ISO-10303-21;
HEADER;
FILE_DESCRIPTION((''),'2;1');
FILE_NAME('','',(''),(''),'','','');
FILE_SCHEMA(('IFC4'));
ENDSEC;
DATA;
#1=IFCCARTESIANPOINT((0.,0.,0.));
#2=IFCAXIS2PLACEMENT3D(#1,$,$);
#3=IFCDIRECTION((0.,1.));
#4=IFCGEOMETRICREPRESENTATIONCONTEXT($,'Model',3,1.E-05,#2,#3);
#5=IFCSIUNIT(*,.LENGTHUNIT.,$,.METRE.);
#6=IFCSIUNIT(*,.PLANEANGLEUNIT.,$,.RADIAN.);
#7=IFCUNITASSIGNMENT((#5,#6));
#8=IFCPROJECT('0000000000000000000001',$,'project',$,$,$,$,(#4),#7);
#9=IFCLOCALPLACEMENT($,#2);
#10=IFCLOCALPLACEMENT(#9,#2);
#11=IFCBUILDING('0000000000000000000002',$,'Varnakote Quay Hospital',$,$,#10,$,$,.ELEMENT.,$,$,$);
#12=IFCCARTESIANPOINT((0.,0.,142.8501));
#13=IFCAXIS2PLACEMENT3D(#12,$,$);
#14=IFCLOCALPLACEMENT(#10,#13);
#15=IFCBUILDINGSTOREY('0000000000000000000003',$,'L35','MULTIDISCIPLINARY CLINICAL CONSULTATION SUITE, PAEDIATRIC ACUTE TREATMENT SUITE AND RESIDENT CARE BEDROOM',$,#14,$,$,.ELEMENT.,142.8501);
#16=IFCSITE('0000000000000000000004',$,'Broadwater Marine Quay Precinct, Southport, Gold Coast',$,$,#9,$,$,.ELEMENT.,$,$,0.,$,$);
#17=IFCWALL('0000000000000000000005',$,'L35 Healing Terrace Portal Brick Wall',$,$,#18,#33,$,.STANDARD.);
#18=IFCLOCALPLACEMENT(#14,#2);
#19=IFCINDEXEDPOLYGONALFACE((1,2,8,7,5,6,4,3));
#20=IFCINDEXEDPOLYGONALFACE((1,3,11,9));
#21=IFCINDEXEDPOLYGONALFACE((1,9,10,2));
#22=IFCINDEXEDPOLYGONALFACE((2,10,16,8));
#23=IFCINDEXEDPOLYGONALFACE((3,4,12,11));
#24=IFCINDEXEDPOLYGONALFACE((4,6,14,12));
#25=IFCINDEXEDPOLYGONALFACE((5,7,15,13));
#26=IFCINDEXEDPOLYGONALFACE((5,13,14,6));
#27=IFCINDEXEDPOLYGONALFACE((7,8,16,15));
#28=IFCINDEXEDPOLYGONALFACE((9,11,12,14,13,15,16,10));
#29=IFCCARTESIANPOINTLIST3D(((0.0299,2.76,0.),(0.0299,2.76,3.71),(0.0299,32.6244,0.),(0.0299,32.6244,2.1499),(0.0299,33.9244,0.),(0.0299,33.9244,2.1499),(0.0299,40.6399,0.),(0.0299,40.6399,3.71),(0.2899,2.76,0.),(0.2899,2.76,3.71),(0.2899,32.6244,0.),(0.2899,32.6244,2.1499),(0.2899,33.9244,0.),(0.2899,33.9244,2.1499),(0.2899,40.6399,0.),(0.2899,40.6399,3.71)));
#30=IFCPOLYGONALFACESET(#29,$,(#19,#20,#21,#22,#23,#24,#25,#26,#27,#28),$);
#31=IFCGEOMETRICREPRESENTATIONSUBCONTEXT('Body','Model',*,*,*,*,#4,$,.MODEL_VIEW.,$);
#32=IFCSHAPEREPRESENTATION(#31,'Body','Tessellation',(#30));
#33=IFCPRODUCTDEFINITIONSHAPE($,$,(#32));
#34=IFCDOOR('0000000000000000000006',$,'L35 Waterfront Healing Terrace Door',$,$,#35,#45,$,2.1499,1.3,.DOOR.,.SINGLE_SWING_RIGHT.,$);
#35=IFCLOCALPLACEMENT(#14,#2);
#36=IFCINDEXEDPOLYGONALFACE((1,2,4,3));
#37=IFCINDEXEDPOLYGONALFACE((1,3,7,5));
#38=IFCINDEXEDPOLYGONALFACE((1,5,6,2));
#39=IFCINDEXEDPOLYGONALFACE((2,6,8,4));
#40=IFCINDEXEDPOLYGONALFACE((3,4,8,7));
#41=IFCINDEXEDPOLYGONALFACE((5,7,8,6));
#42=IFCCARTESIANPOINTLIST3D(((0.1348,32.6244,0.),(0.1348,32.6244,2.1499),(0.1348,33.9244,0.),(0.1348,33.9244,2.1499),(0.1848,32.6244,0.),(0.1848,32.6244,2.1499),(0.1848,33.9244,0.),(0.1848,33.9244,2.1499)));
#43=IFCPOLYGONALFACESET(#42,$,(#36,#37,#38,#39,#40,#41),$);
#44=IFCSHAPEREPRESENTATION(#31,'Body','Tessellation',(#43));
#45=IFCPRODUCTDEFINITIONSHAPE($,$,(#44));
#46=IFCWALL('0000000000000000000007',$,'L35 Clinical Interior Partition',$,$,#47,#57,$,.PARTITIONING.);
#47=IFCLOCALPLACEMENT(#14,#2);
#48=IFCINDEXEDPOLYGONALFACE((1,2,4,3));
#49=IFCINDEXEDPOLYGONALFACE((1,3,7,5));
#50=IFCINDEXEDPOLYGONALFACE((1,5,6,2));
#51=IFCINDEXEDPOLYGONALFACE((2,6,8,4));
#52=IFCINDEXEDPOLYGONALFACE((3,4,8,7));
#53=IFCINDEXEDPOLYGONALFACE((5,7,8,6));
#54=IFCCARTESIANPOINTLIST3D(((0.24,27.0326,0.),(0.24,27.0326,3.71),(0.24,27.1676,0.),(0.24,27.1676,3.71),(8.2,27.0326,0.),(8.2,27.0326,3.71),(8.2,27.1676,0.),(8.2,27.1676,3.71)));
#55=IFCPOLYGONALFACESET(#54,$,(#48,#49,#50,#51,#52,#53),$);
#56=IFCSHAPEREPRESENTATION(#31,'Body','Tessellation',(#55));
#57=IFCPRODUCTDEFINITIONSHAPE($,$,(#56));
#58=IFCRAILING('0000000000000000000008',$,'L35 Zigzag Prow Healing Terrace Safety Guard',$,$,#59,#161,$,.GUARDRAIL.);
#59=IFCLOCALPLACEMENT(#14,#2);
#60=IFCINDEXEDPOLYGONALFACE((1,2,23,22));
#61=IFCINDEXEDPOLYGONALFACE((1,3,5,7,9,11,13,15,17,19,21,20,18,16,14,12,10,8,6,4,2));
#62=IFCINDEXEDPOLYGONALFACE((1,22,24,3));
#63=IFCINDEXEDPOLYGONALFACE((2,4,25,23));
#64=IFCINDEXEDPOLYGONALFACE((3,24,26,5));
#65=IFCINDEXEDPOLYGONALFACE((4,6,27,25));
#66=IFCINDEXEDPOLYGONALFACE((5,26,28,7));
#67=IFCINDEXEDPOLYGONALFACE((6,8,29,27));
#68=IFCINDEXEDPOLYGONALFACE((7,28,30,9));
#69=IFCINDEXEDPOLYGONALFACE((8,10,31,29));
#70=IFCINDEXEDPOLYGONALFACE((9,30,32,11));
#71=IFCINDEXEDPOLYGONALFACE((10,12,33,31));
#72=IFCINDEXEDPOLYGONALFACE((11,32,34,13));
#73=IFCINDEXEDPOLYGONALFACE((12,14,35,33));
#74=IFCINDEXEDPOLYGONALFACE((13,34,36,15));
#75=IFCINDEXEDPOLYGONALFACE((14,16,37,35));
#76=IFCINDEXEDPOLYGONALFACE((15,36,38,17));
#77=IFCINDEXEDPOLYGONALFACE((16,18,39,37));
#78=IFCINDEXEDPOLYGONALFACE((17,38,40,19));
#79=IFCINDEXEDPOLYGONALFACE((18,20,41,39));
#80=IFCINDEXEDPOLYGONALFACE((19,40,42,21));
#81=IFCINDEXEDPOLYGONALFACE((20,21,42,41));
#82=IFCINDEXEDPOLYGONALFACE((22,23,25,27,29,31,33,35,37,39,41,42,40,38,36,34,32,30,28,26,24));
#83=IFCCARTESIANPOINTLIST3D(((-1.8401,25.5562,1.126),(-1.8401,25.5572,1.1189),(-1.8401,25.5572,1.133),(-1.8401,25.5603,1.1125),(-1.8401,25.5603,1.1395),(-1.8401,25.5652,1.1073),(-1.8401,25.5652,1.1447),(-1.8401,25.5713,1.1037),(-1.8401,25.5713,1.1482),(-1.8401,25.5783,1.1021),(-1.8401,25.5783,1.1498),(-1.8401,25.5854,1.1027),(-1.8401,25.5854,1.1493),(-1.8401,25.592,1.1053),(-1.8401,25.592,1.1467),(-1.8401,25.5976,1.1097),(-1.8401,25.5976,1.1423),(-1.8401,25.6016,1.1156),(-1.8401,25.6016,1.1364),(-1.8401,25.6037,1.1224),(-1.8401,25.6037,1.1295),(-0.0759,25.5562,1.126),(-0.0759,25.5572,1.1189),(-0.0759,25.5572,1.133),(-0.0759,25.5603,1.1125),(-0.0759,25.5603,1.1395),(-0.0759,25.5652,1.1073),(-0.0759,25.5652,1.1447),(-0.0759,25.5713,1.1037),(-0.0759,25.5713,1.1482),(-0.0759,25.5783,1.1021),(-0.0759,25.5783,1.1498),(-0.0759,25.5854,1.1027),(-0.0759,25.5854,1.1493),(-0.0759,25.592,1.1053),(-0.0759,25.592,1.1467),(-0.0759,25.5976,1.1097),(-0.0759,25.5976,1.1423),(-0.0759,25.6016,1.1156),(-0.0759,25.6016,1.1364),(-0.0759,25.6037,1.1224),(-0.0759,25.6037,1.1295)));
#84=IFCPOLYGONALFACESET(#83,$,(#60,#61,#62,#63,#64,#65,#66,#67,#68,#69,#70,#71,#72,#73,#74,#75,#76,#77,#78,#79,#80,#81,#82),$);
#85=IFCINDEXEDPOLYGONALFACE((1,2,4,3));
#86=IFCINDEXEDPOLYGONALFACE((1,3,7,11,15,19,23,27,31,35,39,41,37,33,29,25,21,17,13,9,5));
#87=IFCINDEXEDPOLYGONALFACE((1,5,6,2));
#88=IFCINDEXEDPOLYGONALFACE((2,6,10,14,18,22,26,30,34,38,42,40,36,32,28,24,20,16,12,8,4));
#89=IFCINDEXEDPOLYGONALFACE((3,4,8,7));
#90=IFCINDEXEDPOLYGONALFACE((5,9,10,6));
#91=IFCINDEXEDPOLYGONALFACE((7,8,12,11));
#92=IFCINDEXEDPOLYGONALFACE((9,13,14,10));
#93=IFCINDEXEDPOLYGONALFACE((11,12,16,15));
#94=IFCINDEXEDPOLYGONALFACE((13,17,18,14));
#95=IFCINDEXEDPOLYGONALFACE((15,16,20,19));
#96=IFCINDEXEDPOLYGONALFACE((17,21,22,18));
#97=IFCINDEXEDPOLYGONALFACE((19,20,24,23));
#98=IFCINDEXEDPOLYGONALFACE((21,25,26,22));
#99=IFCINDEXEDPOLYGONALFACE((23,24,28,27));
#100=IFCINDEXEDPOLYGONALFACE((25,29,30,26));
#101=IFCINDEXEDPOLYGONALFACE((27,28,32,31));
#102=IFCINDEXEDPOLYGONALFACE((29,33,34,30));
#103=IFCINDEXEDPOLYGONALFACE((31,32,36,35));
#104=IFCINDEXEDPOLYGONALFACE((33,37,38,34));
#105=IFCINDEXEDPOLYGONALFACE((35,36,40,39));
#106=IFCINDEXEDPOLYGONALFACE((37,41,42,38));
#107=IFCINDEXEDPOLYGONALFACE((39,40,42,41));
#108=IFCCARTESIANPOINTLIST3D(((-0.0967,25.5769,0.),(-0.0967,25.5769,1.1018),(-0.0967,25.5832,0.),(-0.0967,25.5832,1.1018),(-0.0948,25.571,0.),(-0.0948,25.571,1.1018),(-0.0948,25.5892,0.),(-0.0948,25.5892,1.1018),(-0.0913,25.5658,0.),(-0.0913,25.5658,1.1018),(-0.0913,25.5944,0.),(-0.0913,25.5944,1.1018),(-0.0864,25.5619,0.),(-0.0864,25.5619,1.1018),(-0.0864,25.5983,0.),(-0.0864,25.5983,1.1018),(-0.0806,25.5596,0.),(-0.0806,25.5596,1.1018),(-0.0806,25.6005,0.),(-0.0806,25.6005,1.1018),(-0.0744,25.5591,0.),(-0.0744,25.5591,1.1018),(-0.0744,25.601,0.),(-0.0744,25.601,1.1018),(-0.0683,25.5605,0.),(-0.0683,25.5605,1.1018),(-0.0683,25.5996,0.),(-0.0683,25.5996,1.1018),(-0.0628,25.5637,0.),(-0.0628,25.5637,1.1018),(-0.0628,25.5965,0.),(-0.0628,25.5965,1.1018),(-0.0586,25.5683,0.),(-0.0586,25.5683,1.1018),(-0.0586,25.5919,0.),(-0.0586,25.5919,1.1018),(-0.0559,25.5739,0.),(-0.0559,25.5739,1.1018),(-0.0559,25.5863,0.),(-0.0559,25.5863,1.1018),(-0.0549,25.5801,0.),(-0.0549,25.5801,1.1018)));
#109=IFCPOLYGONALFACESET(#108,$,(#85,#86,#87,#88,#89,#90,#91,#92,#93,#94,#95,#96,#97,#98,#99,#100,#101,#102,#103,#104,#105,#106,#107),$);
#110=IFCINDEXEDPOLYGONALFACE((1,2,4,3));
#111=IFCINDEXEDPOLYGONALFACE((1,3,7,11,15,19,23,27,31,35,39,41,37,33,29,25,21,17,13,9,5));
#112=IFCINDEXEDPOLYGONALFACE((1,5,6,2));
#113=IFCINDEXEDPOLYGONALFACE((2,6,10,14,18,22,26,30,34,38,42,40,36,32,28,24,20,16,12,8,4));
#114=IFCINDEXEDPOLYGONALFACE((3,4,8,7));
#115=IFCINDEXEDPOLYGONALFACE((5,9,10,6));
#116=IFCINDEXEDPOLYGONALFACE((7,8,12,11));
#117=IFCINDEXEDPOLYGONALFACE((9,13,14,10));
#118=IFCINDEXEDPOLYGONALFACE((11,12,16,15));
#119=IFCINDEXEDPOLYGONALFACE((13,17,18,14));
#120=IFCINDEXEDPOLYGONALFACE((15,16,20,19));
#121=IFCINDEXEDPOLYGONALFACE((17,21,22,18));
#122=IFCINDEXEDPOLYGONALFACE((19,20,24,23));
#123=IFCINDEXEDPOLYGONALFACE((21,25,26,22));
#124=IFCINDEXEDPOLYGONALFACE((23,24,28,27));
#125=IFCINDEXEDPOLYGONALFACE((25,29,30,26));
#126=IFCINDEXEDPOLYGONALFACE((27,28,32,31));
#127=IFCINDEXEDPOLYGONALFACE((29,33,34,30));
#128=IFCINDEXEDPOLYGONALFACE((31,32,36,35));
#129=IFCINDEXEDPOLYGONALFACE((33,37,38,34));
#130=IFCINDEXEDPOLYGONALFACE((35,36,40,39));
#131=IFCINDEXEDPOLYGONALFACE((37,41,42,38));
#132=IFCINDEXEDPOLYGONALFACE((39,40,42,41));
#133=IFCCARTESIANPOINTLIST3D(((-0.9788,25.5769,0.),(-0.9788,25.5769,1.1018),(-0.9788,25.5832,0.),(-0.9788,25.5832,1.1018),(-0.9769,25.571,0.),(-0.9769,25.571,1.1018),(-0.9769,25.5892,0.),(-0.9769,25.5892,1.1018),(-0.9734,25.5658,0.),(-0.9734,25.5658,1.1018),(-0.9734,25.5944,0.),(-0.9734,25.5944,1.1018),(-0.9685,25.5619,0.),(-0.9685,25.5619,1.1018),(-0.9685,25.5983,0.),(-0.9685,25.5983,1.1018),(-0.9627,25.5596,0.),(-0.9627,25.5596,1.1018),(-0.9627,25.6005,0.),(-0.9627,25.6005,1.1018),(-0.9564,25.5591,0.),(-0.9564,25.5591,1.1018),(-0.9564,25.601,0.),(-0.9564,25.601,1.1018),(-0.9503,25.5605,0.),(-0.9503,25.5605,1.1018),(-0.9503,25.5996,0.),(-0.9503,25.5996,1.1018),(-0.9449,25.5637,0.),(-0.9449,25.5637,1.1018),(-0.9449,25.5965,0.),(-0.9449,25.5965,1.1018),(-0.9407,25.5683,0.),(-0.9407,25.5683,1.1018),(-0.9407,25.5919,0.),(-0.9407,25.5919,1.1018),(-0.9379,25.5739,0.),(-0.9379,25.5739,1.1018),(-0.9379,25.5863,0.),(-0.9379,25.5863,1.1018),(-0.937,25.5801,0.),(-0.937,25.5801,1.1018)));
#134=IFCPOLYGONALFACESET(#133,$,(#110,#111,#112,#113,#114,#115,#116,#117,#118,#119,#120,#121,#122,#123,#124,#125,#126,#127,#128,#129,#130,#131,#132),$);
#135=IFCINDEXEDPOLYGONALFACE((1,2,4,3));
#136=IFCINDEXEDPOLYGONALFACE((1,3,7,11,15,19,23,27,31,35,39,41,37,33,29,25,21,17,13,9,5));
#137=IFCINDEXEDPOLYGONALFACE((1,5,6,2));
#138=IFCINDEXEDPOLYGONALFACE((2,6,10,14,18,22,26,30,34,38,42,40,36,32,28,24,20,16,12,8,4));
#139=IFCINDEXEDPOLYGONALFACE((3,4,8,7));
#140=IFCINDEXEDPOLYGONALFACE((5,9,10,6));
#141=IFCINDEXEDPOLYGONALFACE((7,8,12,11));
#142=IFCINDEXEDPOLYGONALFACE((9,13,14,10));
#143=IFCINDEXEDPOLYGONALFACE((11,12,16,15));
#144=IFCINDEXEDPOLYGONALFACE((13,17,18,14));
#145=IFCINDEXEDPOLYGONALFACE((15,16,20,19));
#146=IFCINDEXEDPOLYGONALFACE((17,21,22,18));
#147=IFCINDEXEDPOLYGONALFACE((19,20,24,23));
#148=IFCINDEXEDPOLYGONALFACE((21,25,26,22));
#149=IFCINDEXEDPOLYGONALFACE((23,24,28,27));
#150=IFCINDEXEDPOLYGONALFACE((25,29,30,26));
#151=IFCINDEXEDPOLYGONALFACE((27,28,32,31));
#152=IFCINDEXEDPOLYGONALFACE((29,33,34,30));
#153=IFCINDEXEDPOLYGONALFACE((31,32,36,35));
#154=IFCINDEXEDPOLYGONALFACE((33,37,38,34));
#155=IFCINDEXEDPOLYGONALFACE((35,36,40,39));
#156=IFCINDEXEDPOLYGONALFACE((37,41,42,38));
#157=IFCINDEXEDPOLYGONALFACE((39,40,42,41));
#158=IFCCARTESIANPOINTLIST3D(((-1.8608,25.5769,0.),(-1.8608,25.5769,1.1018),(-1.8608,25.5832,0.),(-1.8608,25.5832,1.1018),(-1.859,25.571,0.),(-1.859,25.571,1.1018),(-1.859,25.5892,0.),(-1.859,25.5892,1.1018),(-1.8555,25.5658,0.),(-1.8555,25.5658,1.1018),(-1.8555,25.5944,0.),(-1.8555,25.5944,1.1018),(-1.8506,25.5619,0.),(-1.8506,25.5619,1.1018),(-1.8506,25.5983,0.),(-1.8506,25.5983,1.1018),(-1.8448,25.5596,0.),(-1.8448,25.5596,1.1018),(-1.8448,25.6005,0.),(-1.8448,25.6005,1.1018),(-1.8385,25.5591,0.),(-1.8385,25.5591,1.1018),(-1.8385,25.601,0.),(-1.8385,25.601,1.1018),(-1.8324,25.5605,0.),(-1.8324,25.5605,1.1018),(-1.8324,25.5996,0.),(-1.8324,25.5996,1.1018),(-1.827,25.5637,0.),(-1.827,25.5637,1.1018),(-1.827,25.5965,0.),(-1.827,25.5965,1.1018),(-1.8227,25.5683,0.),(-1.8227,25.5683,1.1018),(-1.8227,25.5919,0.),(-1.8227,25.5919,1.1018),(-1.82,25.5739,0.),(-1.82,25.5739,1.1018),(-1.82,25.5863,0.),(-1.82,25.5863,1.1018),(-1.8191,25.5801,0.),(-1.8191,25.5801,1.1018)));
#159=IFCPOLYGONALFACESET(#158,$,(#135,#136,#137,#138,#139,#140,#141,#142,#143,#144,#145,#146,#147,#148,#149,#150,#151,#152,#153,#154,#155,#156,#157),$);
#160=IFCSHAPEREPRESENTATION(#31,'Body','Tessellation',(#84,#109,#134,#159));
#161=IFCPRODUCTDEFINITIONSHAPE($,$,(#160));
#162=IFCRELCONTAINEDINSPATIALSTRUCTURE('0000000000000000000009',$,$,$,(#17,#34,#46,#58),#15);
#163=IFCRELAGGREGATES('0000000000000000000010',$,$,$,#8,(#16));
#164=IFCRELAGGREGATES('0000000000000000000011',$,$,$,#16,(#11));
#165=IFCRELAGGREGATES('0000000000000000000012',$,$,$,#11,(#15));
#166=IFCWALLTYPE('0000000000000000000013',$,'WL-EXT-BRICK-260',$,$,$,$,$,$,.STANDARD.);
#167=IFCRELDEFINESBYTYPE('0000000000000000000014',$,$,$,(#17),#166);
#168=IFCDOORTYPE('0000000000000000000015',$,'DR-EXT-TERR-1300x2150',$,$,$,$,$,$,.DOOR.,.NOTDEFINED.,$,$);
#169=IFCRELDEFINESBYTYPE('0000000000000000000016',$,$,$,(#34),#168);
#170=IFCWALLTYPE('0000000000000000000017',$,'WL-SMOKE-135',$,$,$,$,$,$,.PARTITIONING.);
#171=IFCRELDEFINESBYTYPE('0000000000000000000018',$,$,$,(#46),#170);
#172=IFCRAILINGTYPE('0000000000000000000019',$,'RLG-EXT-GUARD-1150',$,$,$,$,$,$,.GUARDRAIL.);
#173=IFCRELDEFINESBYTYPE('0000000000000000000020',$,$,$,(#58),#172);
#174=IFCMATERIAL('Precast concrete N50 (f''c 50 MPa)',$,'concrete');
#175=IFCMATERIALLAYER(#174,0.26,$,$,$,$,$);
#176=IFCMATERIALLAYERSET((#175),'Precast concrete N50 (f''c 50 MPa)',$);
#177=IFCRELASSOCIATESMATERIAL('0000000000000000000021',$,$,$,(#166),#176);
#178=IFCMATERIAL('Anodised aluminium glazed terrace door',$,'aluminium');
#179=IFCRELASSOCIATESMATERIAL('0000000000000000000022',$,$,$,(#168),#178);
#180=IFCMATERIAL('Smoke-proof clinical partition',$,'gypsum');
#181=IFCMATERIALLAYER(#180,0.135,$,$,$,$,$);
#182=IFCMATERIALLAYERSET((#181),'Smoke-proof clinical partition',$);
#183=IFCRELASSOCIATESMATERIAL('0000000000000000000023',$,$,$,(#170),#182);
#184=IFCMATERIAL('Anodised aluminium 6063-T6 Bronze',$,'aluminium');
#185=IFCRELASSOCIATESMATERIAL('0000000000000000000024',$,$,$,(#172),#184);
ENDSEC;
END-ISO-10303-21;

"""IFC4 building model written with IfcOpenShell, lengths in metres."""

from ifc_helpers import new_model, si_unit, direction, frame, frame_2d, origin, origin_2d, place, context, subcontext, project, spatial, rectangle, circle, extrude, material, layer, layer_set, type_object, element, fill, save


model = new_model("IFC4")

# Units and contexts
model_context = context("Model", 3, precision=1e-05, world=origin(), true_north=direction((0.0, 1.0)))
body_context = subcontext(model_context, "Body", "Model", "MODEL_VIEW")
ifc_project = project(units=[si_unit("LENGTHUNIT", "METRE"), si_unit("PLANEANGLEUNIT", "RADIAN")], contexts=[model_context])

# Site, building, storey
site_placement = place(None, origin())
site = spatial("IfcSite", under=ifc_project, at=site_placement, Name="Broadwater Marine Quay Precinct, Southport, Gold Coast", CompositionType="ELEMENT", RefElevation=0.0)
building_placement = place(site_placement, origin())
building = spatial("IfcBuilding", under=site, at=building_placement, Name="Varnakote Quay Hospital", CompositionType="ELEMENT")
storey_placement = place(building_placement, frame((0.0, 0.0, 142.8501)))
storey = spatial("IfcBuildingStorey", under=building, at=storey_placement, Name="L35", Description="MULTIDISCIPLINARY CLINICAL CONSULTATION SUITE, PAEDIATRIC ACUTE TREATMENT SUITE AND RESIDENT CARE BEDROOM", CompositionType="ELEMENT", Elevation=142.8501)

# Shared definitions
ifc_material_1 = material(Name="Precast concrete N50 (f'c 50 MPa)", Category="concrete")
ifc_layer_1 = layer(ifc_material_1, 0.26)
ifc_layer_set_1 = layer_set([ifc_layer_1], Name="Precast concrete N50 (f'c 50 MPa)")
wall_type_1 = type_object("IfcWallType", Name="WL-EXT-BRICK-260", PredefinedType="STANDARD", material=ifc_layer_set_1)

# Wall, opening, door
wall_1_placement = place(storey_placement, frame((0.1599, 40.6399, 0.0), z_axis=(0.0, 0.0, 1.0), x_axis=(0.0, -1.0, 0.0)))
wall_1 = element("IfcWall", 1, at=wall_1_placement, inside=storey, type_object=wall_type_1, Name="L35 Healing Terrace Portal Brick Wall", PredefinedType="STANDARD", context=body_context, shape_type="SweptSolid", body=[
    extrude(rectangle(XDim=37.8799, YDim=0.26, at=frame_2d((18.9399, 0.0))), origin(), (0.0, 0.0, 1.0), 3.71),
])
opening_1_placement = place(wall_1_placement, frame((6.7156, 0.0, 0.0)))
opening_1 = element("IfcOpeningElement", 2, at=opening_1_placement, cuts=wall_1, PredefinedType="OPENING", context=body_context, shape_type="SweptSolid", body=[
    extrude(rectangle(XDim=1.3, YDim=2.1499, at=frame_2d((0.6499, 1.075))), frame((0.0, 0.1399, 0.0), z_axis=(0.0, -1.0, 0.0), x_axis=(1.0, 0.0, 0.0)), (0.0, 0.0, 1.0), 0.28),
])
ifc_material_2 = material(Name="Anodised aluminium glazed terrace door", Category="aluminium")
door_type = type_object("IfcDoorType", Name="DR-EXT-TERR-1300x2150", OperationType="NOTDEFINED", PredefinedType="DOOR", material=ifc_material_2)
door_placement = place(opening_1_placement, origin())
door = element("IfcDoor", 3, at=door_placement, inside=storey, type_object=door_type, Name="L35 Waterfront Healing Terrace Door", OperationType="SINGLE_SWING_RIGHT", OverallHeight=2.1499, OverallWidth=1.3, PredefinedType="DOOR", context=body_context, shape_type="SweptSolid", body=[
    extrude(rectangle(XDim=1.3, YDim=2.1499, at=frame_2d((0.6499, 1.075))), frame((0.0, 0.0249, 0.0), z_axis=(0.0, -1.0, 0.0), x_axis=(1.0, 0.0, 0.0)), (0.0, 0.0, 1.0), 0.05),
])
fill(opening_1, door)

# Wall
ifc_material_3 = material(Name="Smoke-proof clinical partition", Category="gypsum")
ifc_layer_2 = layer(ifc_material_3, 0.135)
ifc_layer_set_2 = layer_set([ifc_layer_2], Name="Smoke-proof clinical partition")
wall_type_2 = type_object("IfcWallType", Name="WL-SMOKE-135", PredefinedType="PARTITIONING", material=ifc_layer_set_2)
wall_2_placement = place(storey_placement, frame((8.2, 27.1001, 0.0), z_axis=(0.0, 0.0, 1.0), x_axis=(-1.0, 0.0, 0.0)))
element("IfcWall", 4, at=wall_2_placement, inside=storey, type_object=wall_type_2, Name="L35 Clinical Interior Partition", PredefinedType="PARTITIONING", context=body_context, shape_type="SweptSolid", body=[
    extrude(rectangle(XDim=7.96, YDim=0.135, at=frame_2d((3.98, 0.0))), origin(), (0.0, 0.0, 1.0), 3.71),
])

# Railing
ifc_material_4 = material(Name="Anodised aluminium 6063-T6 Bronze", Category="aluminium")
railing_type = type_object("IfcRailingType", Name="RLG-EXT-GUARD-1150", PredefinedType="GUARDRAIL", material=ifc_material_4)
railing_1_placement = place(storey_placement, frame((-0.0759, 25.5801, 0.0)))
element("IfcRailing", 5, at=railing_1_placement, inside=storey, type_object=railing_type, Name="L35 Zigzag Prow Healing Terrace Safety Guard", PredefinedType="GUARDRAIL", context=body_context, shape_type="SweptSolid", body=[
    extrude(circle(Radius=0.0239, at=origin_2d()), frame((0.0, 0.0, 1.126), z_axis=(-1.0, 0.0, 0.0), x_axis=(0.0, -1.0, 0.0)), (0.0, 0.0, 1.0), 1.7642),
    extrude(circle(Radius=0.021, at=origin_2d()), origin(), (0.0, 0.0, 1.0), 1.1018),
    extrude(circle(Radius=0.021, at=origin_2d()), frame((-0.8821, 0.0, 0.0)), (0.0, 0.0, 1.0), 1.1018),
    extrude(circle(Radius=0.021, at=origin_2d()), frame((-1.7642, 0.0, 0.0)), (0.0, 0.0, 1.0), 1.1018),
])

save(model, "model.ifc")
